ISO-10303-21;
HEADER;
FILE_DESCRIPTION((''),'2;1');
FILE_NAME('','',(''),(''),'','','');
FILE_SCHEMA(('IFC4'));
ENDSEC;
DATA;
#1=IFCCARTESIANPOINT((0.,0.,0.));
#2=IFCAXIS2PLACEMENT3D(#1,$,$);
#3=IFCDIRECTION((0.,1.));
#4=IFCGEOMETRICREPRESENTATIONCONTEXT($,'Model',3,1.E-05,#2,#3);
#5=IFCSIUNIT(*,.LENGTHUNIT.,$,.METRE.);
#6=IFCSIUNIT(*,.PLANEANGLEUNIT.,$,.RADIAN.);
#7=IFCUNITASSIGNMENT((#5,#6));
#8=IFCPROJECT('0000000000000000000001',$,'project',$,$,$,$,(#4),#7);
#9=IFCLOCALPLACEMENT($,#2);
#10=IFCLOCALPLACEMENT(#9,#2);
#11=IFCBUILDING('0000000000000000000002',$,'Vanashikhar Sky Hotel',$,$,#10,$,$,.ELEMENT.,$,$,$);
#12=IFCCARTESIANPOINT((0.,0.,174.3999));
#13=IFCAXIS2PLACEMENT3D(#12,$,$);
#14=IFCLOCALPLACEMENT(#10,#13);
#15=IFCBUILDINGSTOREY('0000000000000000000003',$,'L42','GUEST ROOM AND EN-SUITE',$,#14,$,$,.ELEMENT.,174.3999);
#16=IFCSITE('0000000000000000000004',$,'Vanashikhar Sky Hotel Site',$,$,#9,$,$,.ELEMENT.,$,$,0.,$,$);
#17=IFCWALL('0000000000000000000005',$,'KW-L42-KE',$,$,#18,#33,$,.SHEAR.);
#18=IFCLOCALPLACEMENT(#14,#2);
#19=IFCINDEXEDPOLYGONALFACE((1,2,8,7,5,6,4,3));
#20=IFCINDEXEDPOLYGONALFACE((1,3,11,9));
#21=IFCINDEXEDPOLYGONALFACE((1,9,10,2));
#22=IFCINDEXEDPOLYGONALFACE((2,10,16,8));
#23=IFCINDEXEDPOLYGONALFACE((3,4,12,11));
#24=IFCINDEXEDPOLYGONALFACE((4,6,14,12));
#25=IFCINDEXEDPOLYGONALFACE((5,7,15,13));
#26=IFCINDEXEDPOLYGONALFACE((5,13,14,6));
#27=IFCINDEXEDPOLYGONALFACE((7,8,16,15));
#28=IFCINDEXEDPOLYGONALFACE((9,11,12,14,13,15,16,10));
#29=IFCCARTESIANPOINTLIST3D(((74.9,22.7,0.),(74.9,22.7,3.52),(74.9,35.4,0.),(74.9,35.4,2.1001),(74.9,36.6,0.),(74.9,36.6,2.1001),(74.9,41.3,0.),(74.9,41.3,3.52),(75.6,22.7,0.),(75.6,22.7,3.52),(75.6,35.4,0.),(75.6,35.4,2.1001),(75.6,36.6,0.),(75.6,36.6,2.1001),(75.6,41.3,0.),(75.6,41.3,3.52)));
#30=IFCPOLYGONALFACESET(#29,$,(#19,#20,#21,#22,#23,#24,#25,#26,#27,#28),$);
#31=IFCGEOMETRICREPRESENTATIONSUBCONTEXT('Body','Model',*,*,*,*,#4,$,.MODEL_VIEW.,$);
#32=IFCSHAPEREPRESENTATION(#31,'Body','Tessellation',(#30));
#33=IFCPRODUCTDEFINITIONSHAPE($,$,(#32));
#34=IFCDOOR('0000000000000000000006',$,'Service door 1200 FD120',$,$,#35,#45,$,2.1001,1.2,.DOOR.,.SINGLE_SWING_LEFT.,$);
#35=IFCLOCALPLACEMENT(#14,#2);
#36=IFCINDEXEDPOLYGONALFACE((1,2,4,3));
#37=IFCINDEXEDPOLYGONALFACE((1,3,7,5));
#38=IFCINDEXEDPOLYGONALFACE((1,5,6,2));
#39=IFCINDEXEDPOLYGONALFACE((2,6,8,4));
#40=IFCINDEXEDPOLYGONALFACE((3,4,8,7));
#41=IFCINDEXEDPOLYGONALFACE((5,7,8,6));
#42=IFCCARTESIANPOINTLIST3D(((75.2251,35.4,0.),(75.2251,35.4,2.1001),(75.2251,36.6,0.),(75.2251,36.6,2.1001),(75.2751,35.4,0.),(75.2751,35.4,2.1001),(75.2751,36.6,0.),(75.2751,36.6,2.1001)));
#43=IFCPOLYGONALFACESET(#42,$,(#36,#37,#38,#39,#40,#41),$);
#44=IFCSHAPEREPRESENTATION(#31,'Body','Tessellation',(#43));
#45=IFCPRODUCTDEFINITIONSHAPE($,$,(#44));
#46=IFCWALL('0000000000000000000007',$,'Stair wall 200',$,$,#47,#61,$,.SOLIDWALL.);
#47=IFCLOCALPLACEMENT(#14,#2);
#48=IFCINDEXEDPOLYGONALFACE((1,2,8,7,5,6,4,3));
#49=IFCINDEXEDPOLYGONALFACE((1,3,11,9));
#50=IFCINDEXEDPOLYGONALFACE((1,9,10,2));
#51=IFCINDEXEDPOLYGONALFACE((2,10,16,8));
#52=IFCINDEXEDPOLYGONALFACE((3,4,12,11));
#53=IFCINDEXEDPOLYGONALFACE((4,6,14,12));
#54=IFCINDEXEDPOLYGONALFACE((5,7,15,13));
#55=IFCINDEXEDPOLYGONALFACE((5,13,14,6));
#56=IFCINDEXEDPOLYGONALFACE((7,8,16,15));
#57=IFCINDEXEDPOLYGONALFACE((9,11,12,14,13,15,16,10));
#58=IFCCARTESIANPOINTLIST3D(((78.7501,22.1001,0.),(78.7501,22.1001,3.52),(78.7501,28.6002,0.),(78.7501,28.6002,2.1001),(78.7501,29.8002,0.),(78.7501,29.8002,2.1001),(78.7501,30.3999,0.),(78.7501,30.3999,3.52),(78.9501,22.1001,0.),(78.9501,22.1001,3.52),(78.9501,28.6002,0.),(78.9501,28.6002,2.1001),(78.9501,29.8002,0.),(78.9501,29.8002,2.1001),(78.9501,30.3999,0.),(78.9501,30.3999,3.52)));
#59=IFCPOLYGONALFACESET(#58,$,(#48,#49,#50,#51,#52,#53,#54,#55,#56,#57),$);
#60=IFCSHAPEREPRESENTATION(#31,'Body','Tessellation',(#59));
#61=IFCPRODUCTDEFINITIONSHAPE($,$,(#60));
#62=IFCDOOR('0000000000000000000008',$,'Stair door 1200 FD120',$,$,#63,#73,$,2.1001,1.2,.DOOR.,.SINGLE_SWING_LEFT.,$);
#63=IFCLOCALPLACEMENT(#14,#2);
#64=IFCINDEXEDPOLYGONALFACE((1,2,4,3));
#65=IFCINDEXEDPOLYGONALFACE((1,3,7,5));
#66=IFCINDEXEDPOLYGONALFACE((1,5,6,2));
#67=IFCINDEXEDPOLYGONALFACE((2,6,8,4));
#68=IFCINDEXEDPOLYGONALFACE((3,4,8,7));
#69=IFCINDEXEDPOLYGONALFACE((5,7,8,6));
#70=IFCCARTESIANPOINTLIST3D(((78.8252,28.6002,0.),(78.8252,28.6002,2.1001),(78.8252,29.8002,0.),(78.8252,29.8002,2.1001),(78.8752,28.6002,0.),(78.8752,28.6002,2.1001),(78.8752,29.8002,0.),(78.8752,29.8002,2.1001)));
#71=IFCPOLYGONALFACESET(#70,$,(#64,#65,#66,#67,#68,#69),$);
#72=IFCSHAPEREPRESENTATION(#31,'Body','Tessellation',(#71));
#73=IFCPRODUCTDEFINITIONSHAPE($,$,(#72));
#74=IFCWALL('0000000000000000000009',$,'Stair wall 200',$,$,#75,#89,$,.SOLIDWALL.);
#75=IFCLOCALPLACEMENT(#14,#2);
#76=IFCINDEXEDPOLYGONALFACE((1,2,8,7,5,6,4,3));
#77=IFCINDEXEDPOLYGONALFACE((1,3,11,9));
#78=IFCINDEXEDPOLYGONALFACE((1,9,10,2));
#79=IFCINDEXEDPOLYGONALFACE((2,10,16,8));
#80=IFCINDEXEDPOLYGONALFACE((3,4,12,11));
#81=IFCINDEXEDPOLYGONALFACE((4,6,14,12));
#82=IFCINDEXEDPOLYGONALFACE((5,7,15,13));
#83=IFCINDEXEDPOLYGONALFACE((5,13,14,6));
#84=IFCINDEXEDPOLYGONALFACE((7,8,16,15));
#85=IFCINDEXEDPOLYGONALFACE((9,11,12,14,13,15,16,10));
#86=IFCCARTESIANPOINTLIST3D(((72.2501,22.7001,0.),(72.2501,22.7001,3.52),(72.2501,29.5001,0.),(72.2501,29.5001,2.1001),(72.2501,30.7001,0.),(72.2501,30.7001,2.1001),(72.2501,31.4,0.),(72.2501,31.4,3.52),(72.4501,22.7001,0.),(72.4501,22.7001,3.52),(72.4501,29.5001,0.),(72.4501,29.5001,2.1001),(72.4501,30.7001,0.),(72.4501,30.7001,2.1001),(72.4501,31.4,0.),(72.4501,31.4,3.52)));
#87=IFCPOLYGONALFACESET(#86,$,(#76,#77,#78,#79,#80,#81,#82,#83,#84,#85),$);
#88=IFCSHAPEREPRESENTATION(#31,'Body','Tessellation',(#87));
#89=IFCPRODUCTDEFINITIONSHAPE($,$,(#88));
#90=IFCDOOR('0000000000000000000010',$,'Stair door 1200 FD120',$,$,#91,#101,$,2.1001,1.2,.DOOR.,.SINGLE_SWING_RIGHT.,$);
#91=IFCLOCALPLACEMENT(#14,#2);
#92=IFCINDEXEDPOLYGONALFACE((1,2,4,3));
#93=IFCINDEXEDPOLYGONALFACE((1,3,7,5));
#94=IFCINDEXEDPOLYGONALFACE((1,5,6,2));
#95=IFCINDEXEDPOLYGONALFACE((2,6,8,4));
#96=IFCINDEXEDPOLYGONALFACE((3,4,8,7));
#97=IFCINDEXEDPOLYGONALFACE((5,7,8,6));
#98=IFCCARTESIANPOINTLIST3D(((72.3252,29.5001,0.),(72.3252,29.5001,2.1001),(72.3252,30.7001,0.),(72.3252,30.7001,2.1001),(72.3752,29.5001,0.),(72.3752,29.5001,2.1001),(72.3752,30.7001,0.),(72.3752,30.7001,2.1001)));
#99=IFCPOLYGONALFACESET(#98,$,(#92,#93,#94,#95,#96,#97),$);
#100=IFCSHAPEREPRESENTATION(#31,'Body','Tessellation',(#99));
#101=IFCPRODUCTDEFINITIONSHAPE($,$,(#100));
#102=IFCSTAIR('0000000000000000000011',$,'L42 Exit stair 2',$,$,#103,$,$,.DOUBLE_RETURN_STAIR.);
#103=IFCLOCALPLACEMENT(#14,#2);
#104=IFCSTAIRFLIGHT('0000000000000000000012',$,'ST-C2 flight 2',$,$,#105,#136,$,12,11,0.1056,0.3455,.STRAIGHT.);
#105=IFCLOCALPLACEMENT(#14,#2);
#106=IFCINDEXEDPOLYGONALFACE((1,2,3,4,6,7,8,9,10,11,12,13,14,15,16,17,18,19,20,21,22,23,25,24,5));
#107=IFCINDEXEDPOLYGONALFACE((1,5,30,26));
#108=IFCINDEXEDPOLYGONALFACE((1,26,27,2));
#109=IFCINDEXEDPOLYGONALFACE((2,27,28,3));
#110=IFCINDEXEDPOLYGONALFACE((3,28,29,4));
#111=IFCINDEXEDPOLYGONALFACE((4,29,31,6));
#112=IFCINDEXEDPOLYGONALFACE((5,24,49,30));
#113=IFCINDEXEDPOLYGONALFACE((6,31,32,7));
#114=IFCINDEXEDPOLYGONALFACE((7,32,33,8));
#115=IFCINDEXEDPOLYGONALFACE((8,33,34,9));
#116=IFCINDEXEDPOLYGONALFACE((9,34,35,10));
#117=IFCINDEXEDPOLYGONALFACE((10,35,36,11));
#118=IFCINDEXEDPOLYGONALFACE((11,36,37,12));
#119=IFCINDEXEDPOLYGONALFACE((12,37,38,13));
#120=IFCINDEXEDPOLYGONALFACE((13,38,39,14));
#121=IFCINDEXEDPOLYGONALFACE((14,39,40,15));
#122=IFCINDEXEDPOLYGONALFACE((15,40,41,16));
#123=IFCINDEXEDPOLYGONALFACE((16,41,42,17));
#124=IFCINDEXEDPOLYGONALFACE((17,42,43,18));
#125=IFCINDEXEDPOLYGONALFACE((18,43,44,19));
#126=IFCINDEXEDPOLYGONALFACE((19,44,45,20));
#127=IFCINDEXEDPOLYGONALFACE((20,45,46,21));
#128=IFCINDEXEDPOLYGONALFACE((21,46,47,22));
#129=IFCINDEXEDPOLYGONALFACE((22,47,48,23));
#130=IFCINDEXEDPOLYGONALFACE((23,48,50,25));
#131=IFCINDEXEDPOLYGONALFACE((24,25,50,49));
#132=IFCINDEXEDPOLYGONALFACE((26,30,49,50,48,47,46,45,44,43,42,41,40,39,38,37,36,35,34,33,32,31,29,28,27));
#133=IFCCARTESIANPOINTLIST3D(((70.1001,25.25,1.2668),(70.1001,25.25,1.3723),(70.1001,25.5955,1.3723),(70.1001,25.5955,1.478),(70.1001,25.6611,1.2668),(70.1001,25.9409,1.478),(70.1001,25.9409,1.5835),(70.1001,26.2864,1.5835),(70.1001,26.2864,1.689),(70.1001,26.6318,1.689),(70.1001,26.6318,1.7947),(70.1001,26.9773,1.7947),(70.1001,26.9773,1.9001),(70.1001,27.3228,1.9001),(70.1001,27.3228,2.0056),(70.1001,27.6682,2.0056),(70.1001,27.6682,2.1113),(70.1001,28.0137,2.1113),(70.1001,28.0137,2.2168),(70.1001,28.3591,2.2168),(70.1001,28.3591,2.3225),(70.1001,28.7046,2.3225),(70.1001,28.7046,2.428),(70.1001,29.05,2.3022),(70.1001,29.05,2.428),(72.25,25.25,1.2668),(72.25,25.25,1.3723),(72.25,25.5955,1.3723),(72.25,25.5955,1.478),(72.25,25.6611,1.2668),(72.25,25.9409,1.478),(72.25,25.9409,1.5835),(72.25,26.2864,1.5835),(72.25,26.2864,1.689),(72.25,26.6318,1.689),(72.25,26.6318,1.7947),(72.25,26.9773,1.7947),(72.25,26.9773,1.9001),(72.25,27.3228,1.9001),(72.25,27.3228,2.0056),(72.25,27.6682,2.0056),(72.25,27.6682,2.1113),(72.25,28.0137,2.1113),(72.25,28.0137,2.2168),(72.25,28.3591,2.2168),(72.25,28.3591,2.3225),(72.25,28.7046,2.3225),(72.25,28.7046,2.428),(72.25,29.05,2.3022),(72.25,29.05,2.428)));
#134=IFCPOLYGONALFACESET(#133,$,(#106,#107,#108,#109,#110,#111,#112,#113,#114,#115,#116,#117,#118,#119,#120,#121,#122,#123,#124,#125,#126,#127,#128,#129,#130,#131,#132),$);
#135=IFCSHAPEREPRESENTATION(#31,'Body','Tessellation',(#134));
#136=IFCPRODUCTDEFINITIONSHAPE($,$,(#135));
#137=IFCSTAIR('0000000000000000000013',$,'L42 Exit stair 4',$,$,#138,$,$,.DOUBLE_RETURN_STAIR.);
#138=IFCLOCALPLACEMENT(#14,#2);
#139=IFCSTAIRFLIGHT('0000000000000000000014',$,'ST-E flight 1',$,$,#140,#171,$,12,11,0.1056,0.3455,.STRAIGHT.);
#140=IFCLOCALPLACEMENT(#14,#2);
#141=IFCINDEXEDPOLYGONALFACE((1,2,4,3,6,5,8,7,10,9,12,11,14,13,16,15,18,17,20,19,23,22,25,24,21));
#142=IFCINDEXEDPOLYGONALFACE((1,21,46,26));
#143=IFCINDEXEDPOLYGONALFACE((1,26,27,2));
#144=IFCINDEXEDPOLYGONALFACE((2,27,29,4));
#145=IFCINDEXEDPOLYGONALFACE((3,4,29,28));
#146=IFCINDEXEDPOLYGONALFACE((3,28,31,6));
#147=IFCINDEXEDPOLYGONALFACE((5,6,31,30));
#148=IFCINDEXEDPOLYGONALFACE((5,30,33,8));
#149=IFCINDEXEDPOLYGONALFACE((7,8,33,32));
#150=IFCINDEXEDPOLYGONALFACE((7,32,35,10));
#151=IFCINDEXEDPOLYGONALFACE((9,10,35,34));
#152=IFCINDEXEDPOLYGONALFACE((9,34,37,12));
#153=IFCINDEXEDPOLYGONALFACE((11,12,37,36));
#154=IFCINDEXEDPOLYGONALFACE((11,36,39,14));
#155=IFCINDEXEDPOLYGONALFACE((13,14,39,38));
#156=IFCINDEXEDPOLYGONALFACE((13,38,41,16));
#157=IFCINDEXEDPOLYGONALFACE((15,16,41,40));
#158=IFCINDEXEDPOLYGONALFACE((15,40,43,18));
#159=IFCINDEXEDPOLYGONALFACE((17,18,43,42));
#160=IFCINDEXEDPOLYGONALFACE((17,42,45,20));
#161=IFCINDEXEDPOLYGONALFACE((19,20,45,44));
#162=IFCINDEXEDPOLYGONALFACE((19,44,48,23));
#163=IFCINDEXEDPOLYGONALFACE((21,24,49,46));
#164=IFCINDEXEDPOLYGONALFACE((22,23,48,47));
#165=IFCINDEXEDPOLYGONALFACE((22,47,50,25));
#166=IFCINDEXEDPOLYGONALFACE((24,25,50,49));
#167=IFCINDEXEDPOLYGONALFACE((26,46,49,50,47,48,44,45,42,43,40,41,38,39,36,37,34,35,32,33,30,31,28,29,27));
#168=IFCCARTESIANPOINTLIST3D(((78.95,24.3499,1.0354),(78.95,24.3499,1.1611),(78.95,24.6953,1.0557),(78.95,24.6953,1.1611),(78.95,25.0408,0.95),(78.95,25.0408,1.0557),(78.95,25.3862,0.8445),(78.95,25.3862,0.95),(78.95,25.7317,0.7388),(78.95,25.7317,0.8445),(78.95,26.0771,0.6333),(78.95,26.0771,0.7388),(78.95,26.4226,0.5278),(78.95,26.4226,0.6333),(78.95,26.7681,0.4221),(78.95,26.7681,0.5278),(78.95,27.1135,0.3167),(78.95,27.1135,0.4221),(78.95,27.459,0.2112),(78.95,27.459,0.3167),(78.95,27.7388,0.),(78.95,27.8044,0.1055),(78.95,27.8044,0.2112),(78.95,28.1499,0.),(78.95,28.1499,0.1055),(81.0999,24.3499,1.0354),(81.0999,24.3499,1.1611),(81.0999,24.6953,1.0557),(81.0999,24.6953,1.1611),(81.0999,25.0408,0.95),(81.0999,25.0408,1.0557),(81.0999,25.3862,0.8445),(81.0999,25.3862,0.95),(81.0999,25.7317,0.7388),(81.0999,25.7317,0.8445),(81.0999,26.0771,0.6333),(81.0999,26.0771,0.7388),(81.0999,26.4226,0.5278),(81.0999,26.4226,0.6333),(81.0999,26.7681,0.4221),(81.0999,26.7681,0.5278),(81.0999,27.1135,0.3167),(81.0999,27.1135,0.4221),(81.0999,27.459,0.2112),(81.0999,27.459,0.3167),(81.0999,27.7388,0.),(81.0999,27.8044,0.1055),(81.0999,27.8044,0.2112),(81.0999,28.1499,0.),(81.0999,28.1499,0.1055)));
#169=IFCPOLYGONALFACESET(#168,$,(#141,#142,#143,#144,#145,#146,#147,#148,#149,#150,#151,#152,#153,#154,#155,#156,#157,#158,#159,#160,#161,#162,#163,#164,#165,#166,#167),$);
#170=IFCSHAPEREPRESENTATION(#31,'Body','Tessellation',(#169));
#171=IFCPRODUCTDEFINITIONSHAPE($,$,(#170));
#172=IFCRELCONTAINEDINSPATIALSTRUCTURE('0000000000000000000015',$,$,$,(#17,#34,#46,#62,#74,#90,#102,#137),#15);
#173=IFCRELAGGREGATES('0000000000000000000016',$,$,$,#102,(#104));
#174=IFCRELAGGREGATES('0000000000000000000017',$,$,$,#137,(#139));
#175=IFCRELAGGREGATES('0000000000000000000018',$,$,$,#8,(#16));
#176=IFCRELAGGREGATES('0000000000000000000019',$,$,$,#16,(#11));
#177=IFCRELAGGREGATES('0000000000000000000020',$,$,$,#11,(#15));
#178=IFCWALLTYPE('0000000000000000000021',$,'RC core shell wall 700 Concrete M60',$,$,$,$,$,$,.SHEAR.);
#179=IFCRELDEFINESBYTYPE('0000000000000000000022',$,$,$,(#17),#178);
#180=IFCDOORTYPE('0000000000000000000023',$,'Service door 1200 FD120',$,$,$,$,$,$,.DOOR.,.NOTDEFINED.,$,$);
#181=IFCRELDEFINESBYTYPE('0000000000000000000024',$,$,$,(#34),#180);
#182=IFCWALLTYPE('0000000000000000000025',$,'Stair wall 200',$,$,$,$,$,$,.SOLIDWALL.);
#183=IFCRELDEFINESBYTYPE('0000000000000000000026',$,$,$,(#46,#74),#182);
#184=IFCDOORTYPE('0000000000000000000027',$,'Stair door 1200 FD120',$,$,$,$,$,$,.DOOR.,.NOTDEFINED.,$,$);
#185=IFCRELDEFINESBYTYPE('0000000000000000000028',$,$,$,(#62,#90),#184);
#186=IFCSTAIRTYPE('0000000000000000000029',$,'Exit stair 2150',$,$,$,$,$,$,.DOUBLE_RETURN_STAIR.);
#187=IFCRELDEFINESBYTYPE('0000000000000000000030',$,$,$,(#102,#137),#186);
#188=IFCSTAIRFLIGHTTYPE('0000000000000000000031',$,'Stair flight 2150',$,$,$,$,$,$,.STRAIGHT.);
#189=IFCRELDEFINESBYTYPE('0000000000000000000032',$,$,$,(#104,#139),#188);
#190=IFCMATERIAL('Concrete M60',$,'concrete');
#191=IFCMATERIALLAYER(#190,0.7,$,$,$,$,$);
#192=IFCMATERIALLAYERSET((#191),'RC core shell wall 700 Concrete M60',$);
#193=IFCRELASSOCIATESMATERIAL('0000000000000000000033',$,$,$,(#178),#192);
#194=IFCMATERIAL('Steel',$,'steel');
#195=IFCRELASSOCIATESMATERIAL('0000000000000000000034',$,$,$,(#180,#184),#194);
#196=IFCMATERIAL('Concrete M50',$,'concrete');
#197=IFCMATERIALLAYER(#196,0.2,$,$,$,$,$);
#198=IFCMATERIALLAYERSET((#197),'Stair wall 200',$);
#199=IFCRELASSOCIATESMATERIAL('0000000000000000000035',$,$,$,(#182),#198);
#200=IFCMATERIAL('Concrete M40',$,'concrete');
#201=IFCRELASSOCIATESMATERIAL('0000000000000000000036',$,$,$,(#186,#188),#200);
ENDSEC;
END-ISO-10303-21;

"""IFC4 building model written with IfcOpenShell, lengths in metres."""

from ifc_helpers import new_model, si_unit, direction, frame, frame_2d, origin, place, context, subcontext, project, spatial, polyline, rectangle, outline, extrude, source, transform, mapped, material, layer, layer_set, type_object, element, fill, aggregate, save


model = new_model("IFC4")

# Units and contexts
model_context = context("Model", 3, precision=1e-05, world=origin(), true_north=direction((0.0, 1.0)))
body_context = subcontext(model_context, "Body", "Model", "MODEL_VIEW")
ifc_project = project(units=[si_unit("LENGTHUNIT", "METRE"), si_unit("PLANEANGLEUNIT", "RADIAN")], contexts=[model_context])

# Site, building, storey
site_placement = place(None, origin())
site = spatial("IfcSite", under=ifc_project, at=site_placement, Name="Vanashikhar Sky Hotel Site", CompositionType="ELEMENT", RefElevation=0.0)
building_placement = place(site_placement, origin())
building = spatial("IfcBuilding", under=site, at=building_placement, Name="Vanashikhar Sky Hotel", CompositionType="ELEMENT")
storey_placement = place(building_placement, frame((0.0, 0.0, 174.3999)))
storey = spatial("IfcBuildingStorey", under=building, at=storey_placement, Name="L42", Description="GUEST ROOM AND EN-SUITE", CompositionType="ELEMENT", Elevation=174.3999)

# Walls, openings, doors
ifc_material_1 = material(Name="Concrete M60", Category="concrete")
ifc_layer_1 = layer(ifc_material_1, 0.7)
ifc_layer_set_1 = layer_set([ifc_layer_1], Name="RC core shell wall 700 Concrete M60")
wall_type_1 = type_object("IfcWallType", Name="RC core shell wall 700 Concrete M60", PredefinedType="SHEAR", material=ifc_layer_set_1)
shared_shape_1 = source(origin(), body_context, "Body", "SweptSolid", [
    extrude(rectangle(XDim=18.6001, YDim=0.7, at=frame_2d((9.3, 0.0))), origin(), (0.0, 0.0, 1.0), 3.52),
])
wall_1_placement = place(storey_placement, frame((75.25, 22.7, 0.0), z_axis=(0.0, 0.0, 1.0), x_axis=(0.0, 1.0, 0.0)))
wall_1 = element("IfcWall", 1, at=wall_1_placement, inside=storey, type_object=wall_type_1, Name="KW-L42-KE", PredefinedType="SHEAR", context=body_context, shape_type="MappedRepresentation", body=[
    mapped(shared_shape_1, transform((0.0, 0.0, 0.0), scale=1.0)),
])
shared_shape_2 = source(origin(), body_context, "Body", "SweptSolid", [
    extrude(rectangle(XDim=1.2, YDim=2.1001, at=frame_2d((0.6001, 1.05))), frame((0.0, 0.3599, 0.0), z_axis=(0.0, -1.0, 0.0), x_axis=(1.0, 0.0, 0.0)), (0.0, 0.0, 1.0), 0.72),
])
opening_1_placement = place(wall_1_placement, frame((12.7, 0.0, 0.0)))
opening_1 = element("IfcOpeningElement", 2, at=opening_1_placement, cuts=wall_1, PredefinedType="OPENING", context=body_context, shape_type="MappedRepresentation", body=[
    mapped(shared_shape_2, transform((0.0, 0.0, 0.0), scale=1.0)),
])
ifc_material_2 = material(Name="Steel", Category="steel")
door_type_1 = type_object("IfcDoorType", Name="Service door 1200 FD120", OperationType="NOTDEFINED", PredefinedType="DOOR", material=ifc_material_2)
shared_shape_3 = source(origin(), body_context, "Body", "SweptSolid", [
    extrude(rectangle(XDim=1.2, YDim=2.1001, at=frame_2d((0.6001, 1.05))), frame((0.0, 0.0249, 0.0), z_axis=(0.0, -1.0, 0.0), x_axis=(1.0, 0.0, 0.0)), (0.0, 0.0, 1.0), 0.05),
])
door_1_placement = place(opening_1_placement, origin())
door_1 = element("IfcDoor", 3, at=door_1_placement, inside=storey, type_object=door_type_1, Name="Service door 1200 FD120", OperationType="SINGLE_SWING_LEFT", OverallHeight=2.1001, OverallWidth=1.2, PredefinedType="DOOR", context=body_context, shape_type="MappedRepresentation", body=[
    mapped(shared_shape_3, transform((0.0, 0.0, 0.0), scale=1.0)),
])
fill(opening_1, door_1)
ifc_material_3 = material(Name="Concrete M50", Category="concrete")
ifc_layer_2 = layer(ifc_material_3, 0.2)
ifc_layer_set_2 = layer_set([ifc_layer_2], Name="Stair wall 200")
wall_type_2 = type_object("IfcWallType", Name="Stair wall 200", PredefinedType="SOLIDWALL", material=ifc_layer_set_2)
shared_shape_4 = source(origin(), body_context, "Body", "SweptSolid", [
    extrude(rectangle(XDim=8.2998, YDim=0.2, at=frame_2d((4.1499, 0.0))), origin(), (0.0, 0.0, 1.0), 3.52),
])
wall_2_placement = place(storey_placement, frame((78.8501, 22.1001, 0.0), z_axis=(0.0, 0.0, 1.0), x_axis=(0.0, 1.0, 0.0)))
wall_2 = element("IfcWall", 4, at=wall_2_placement, inside=storey, type_object=wall_type_2, Name="Stair wall 200", PredefinedType="SOLIDWALL", context=body_context, shape_type="MappedRepresentation", body=[
    mapped(shared_shape_4, transform((0.0, 0.0, 0.0), scale=1.0)),
])
shared_shape_5 = source(origin(), body_context, "Body", "SweptSolid", [
    extrude(rectangle(XDim=1.2, YDim=2.1001, at=frame_2d((0.6001, 1.05))), frame((0.0, 0.1099, 0.0), z_axis=(0.0, -1.0, 0.0), x_axis=(1.0, 0.0, 0.0)), (0.0, 0.0, 1.0), 0.22),
])
opening_2_placement = place(wall_2_placement, frame((6.5, 0.0, 0.0)))
opening_2 = element("IfcOpeningElement", 5, at=opening_2_placement, cuts=wall_2, PredefinedType="OPENING", context=body_context, shape_type="MappedRepresentation", body=[
    mapped(shared_shape_5, transform((0.0, 0.0, 0.0), scale=1.0)),
])
door_type_2 = type_object("IfcDoorType", Name="Stair door 1200 FD120", OperationType="NOTDEFINED", PredefinedType="DOOR", material=ifc_material_2)
door_2_placement = place(opening_2_placement, origin())
door_2 = element("IfcDoor", 6, at=door_2_placement, inside=storey, type_object=door_type_2, Name="Stair door 1200 FD120", OperationType="SINGLE_SWING_LEFT", OverallHeight=2.1001, OverallWidth=1.2, PredefinedType="DOOR", context=body_context, shape_type="MappedRepresentation", body=[
    mapped(shared_shape_3, transform((0.0, 0.0, 0.0), scale=1.0)),
])
fill(opening_2, door_2)
shared_shape_6 = source(origin(), body_context, "Body", "SweptSolid", [
    extrude(rectangle(XDim=8.7, YDim=0.2, at=frame_2d((4.3501, 0.0))), origin(), (0.0, 0.0, 1.0), 3.52),
])
wall_3_placement = place(storey_placement, frame((72.3501, 22.7, 0.0), z_axis=(0.0, 0.0, 1.0), x_axis=(0.0, 1.0, 0.0)))
wall_3 = element("IfcWall", 7, at=wall_3_placement, inside=storey, type_object=wall_type_2, Name="Stair wall 200", PredefinedType="SOLIDWALL", context=body_context, shape_type="MappedRepresentation", body=[
    mapped(shared_shape_6, transform((0.0, 0.0, 0.0), scale=1.0)),
])
opening_3_placement = place(wall_3_placement, frame((6.8, 0.0, 0.0)))
opening_3 = element("IfcOpeningElement", 8, at=opening_3_placement, cuts=wall_3, PredefinedType="OPENING", context=body_context, shape_type="MappedRepresentation", body=[
    mapped(shared_shape_5, transform((0.0, 0.0, 0.0), scale=1.0)),
])
door_3_placement = place(opening_3_placement, origin())
door_3 = element("IfcDoor", 9, at=door_3_placement, inside=storey, type_object=door_type_2, Name="Stair door 1200 FD120", OperationType="SINGLE_SWING_RIGHT", OverallHeight=2.1001, OverallWidth=1.2, PredefinedType="DOOR", context=body_context, shape_type="MappedRepresentation", body=[
    mapped(shared_shape_3, transform((0.0, 0.0, 0.0), scale=1.0)),
])
fill(opening_3, door_3)

# Stair, stair flight
ifc_material_4 = material(Name="Concrete M40", Category="concrete")
stair_type = type_object("IfcStairType", Name="Exit stair 2150", PredefinedType="DOUBLE_RETURN_STAIR", material=ifc_material_4)
stair_1_placement = place(storey_placement, origin())
stair_1 = element("IfcStair", 10, at=stair_1_placement, inside=storey, type_object=stair_type, Name="L42 Exit stair 2", PredefinedType="DOUBLE_RETURN_STAIR")
stair_flight_type = type_object("IfcStairFlightType", Name="Stair flight 2150", PredefinedType="STRAIGHT", material=ifc_material_4)
shared_shape_7 = source(origin(), body_context, "Body", "SweptSolid", [
    extrude(outline(polyline([(0.0, 0.0), (0.0, 0.1055), (0.3455, 0.1055), (0.3455, 0.2112), (0.6909, 0.2112), (0.6909, 0.3167), (1.0364, 0.3167), (1.0364, 0.4221), (1.3818, 0.4221), (1.3818, 0.5278), (1.7273, 0.5278), (1.7273, 0.6333), (2.0728, 0.6333), (2.0728, 0.7388), (2.4182, 0.7388), (2.4182, 0.8445), (2.7637, 0.8445), (2.7637, 0.95), (3.1091, 0.95), (3.1091, 1.0557), (3.4546, 1.0557), (3.4546, 1.1611), (3.8, 1.1611), (3.8, 1.2666), (3.8, 1.0354), (0.4111, 0.0), (0.0, 0.0)])), frame((0.0, 1.075, 0.0), z_axis=(0.0, -1.0, 0.0), x_axis=(1.0, 0.0, 0.0)), (0.0, 0.0, 1.0), 2.1499),
])
stair_flight_1_placement = place(storey_placement, frame((71.175, 25.25, 1.2668), z_axis=(0.0, 0.0, 1.0), x_axis=(0.0, 1.0, 0.0)))
stair_flight_1 = element("IfcStairFlight", 11, at=stair_flight_1_placement, type_object=stair_flight_type, Name="ST-C2 flight 2", NumberOfRisers=12, NumberOfTreads=11, PredefinedType="STRAIGHT", RiserHeight=0.1056, TreadLength=0.3455, context=body_context, shape_type="MappedRepresentation", body=[
    mapped(shared_shape_7, transform((0.0, 0.0, 0.0), scale=1.0)),
])
aggregate(stair_1, [stair_flight_1])

# Stair, stair flight
stair_2_placement = place(storey_placement, origin())
stair_2 = element("IfcStair", 12, at=stair_2_placement, inside=storey, type_object=stair_type, Name="L42 Exit stair 4", PredefinedType="DOUBLE_RETURN_STAIR")
stair_flight_2_placement = place(storey_placement, frame((80.0249, 28.1499, 0.0), z_axis=(0.0, 0.0, 1.0), x_axis=(0.0, -1.0, 0.0)))
stair_flight_2 = element("IfcStairFlight", 13, at=stair_flight_2_placement, type_object=stair_flight_type, Name="ST-E flight 1", NumberOfRisers=12, NumberOfTreads=11, PredefinedType="STRAIGHT", RiserHeight=0.1056, TreadLength=0.3455, context=body_context, shape_type="MappedRepresentation", body=[
    mapped(shared_shape_7, transform((0.0, 0.0, 0.0), scale=1.0)),
])
aggregate(stair_2, [stair_flight_2])

save(model, "model.ifc")
